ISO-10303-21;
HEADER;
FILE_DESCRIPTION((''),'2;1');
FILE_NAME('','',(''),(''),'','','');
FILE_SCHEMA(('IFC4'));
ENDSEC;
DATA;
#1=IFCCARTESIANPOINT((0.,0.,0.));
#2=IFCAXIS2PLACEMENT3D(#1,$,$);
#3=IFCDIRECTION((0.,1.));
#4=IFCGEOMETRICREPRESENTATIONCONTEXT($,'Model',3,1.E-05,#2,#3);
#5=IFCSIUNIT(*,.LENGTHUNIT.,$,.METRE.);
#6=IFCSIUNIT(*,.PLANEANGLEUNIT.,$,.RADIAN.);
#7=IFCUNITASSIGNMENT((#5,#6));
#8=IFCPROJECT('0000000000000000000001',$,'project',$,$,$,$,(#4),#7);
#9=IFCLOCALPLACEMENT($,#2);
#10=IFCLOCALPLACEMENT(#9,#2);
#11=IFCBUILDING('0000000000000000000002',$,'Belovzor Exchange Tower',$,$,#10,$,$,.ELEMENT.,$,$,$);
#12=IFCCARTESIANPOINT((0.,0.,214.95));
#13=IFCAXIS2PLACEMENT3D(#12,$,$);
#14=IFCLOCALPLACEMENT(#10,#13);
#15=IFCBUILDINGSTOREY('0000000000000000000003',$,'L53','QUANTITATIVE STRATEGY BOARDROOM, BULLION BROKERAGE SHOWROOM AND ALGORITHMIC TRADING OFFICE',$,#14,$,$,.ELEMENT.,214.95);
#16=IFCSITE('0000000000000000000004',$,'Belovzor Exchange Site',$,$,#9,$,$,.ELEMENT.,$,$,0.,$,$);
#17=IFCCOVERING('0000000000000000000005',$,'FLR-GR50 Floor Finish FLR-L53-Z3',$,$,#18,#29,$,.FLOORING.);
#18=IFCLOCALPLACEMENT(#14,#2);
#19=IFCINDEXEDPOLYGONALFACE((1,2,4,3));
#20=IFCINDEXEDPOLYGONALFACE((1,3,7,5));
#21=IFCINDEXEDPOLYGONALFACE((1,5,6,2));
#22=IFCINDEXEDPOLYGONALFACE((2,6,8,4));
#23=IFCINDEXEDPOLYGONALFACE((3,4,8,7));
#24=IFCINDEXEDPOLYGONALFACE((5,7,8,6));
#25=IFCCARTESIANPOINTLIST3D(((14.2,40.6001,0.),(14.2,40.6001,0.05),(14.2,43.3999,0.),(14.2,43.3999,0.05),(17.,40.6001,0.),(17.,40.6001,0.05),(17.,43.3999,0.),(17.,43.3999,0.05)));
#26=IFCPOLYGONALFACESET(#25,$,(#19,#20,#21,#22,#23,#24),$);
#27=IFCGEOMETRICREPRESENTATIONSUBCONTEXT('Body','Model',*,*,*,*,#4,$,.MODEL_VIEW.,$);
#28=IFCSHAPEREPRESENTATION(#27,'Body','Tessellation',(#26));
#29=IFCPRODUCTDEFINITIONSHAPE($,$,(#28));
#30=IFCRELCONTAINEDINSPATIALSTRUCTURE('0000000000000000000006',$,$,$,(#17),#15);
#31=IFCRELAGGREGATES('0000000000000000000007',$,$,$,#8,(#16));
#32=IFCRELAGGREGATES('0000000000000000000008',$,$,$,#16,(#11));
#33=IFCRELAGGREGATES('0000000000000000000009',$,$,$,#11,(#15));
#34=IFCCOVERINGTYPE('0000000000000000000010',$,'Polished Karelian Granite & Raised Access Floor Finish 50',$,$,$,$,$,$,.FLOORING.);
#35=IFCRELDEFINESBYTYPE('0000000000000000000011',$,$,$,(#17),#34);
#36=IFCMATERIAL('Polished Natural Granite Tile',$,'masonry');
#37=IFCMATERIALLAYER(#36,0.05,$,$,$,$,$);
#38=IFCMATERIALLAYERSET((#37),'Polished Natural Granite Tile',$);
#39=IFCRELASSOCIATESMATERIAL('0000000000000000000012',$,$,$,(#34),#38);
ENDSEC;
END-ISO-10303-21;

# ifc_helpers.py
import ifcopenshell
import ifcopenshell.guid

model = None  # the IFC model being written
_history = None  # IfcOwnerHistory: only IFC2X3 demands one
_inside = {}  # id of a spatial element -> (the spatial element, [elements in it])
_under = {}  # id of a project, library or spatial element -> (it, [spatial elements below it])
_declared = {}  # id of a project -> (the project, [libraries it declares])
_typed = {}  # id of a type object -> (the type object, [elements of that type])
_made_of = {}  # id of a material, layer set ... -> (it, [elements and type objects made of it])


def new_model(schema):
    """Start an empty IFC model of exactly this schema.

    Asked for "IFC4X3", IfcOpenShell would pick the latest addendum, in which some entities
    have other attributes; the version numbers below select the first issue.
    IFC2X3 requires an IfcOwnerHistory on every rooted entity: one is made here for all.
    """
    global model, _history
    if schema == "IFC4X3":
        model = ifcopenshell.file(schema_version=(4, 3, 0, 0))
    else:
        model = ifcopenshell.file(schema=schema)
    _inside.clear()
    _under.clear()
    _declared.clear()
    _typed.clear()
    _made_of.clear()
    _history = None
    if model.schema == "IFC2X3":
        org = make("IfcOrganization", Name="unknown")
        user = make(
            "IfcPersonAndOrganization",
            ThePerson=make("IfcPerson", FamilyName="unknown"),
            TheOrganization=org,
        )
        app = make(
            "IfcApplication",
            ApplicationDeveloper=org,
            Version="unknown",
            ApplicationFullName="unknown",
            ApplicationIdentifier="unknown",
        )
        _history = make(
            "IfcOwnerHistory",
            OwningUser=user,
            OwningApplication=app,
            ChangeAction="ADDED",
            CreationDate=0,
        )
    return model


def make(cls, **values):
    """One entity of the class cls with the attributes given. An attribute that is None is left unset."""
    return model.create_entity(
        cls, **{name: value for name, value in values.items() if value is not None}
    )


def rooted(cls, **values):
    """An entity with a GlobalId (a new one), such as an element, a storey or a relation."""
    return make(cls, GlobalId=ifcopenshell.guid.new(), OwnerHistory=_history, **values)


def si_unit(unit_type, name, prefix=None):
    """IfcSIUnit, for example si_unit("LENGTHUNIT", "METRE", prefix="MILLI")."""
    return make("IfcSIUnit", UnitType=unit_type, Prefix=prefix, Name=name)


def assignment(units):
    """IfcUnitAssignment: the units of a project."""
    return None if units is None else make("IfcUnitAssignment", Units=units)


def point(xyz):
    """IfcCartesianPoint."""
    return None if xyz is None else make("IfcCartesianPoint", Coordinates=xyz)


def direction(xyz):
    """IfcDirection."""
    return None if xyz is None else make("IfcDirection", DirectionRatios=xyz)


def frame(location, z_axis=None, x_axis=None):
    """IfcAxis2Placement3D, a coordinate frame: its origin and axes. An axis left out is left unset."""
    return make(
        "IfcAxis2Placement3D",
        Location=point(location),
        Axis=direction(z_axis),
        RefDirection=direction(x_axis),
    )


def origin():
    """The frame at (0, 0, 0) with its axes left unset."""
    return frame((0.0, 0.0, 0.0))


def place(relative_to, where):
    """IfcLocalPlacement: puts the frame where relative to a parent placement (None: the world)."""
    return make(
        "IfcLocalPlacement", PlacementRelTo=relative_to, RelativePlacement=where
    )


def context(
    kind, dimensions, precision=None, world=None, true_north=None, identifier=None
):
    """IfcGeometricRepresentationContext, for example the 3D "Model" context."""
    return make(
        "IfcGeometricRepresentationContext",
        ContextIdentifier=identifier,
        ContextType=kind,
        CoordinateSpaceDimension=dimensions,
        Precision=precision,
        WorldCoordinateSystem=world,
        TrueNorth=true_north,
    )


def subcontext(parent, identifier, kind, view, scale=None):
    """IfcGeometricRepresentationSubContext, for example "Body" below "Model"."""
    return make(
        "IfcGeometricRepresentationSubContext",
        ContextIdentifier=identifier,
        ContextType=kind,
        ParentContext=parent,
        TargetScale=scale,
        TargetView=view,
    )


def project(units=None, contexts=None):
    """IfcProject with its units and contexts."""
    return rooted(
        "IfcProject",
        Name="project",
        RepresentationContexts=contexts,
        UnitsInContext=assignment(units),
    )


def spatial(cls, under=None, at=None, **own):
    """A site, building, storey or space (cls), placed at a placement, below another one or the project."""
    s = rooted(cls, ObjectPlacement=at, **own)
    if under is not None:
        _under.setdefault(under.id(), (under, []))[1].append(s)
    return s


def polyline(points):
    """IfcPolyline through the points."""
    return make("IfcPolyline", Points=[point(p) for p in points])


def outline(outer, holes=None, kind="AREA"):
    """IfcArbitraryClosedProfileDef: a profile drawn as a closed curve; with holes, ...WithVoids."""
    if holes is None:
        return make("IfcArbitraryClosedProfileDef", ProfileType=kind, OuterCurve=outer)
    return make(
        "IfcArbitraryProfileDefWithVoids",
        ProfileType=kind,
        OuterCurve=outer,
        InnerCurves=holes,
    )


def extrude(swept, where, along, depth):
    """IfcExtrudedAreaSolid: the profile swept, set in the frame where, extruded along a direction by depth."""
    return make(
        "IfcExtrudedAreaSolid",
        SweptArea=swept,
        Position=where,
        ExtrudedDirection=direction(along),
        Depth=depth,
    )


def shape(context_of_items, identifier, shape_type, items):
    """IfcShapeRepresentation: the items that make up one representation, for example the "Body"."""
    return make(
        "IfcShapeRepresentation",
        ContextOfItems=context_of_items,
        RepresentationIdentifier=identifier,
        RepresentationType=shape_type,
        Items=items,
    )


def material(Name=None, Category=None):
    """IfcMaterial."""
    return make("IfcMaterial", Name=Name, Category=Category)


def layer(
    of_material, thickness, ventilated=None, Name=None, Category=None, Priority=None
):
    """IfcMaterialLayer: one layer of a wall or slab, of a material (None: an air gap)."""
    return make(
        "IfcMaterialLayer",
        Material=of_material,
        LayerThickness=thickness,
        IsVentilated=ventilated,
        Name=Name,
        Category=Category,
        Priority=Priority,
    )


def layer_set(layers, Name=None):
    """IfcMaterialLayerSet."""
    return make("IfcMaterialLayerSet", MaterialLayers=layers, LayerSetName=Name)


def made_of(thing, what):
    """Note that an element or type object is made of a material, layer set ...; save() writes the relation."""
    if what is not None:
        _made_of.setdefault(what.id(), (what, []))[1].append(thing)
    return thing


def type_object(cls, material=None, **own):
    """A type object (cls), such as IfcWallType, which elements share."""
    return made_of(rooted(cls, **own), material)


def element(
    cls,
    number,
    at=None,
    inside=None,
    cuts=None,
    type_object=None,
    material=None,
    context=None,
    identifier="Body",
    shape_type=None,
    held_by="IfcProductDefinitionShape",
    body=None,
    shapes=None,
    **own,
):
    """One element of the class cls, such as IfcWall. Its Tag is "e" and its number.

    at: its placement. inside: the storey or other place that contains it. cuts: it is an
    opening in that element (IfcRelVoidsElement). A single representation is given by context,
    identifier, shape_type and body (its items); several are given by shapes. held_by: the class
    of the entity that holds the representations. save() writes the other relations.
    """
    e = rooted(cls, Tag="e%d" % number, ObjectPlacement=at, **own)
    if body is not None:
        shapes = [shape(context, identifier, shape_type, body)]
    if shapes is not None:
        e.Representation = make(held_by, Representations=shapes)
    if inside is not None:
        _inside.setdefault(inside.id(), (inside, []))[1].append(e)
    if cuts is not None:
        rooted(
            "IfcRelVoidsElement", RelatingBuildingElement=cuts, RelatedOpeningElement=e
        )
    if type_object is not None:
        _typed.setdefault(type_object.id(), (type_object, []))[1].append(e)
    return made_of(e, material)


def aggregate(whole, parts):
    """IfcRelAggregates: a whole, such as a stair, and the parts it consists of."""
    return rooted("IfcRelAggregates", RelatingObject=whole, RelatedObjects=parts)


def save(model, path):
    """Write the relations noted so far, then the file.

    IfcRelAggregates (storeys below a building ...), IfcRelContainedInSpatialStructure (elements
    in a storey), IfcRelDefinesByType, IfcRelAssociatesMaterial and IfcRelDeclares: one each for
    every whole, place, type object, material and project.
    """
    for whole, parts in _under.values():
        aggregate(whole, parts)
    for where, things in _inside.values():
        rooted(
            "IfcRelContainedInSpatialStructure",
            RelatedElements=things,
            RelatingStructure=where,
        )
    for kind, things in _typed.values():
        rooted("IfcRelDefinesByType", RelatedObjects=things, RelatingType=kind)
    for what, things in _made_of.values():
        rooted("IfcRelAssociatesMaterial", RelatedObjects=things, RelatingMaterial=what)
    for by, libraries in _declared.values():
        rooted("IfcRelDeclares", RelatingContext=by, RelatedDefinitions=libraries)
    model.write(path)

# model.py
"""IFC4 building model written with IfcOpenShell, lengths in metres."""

from ifc_helpers import new_model, si_unit, direction, frame, origin, place, context, subcontext, project, spatial, polyline, outline, extrude, material, layer, layer_set, type_object, element, save


model = new_model("IFC4")

# Units and contexts
model_context = context("Model", 3, precision=1e-05, world=origin(), true_north=direction((0.0, 1.0)))
body_context = subcontext(model_context, "Body", "Model", "MODEL_VIEW")
ifc_project = project(units=[si_unit("LENGTHUNIT", "METRE"), si_unit("PLANEANGLEUNIT", "RADIAN")], contexts=[model_context])

# Site, building, storey
site_placement = place(None, origin())
site = spatial("IfcSite", under=ifc_project, at=site_placement, Name="Belovzor Exchange Site", CompositionType="ELEMENT", RefElevation=0.0)
building_placement = place(site_placement, origin())
building = spatial("IfcBuilding", under=site, at=building_placement, Name="Belovzor Exchange Tower", CompositionType="ELEMENT")
storey_placement = place(building_placement, frame((0.0, 0.0, 214.95)))
storey = spatial("IfcBuildingStorey", under=building, at=storey_placement, Name="L53", Description="QUANTITATIVE STRATEGY BOARDROOM, BULLION BROKERAGE SHOWROOM AND ALGORITHMIC TRADING OFFICE", CompositionType="ELEMENT", Elevation=214.95)

# Covering
ifc_material_1 = material(Name="Polished Natural Granite Tile", Category="masonry")
ifc_layer_1 = layer(ifc_material_1, 0.05)
ifc_layer_set_1 = layer_set([ifc_layer_1], Name="Polished Natural Granite Tile")
covering_type_1 = type_object("IfcCoveringType", Name="Polished Karelian Granite & Raised Access Floor Finish 50", PredefinedType="FLOORING", material=ifc_layer_set_1)
covering_1_placement = place(storey_placement, origin())
element("IfcCovering", 1, at=covering_1_placement, inside=storey, type_object=covering_type_1, Name="FLR-GR50 Floor Finish FLR-L53-Z3", PredefinedType="FLOORING", context=body_context, shape_type="SweptSolid", body=[
    extrude(outline(polyline([(14.2, 40.6001), (17.0, 40.6001), (17.0, 43.3999), (14.2, 43.3999), (14.2, 40.6001)])), origin(), (0.0, 0.0, 1.0), 0.05),
])

save(model, "model.ifc")
